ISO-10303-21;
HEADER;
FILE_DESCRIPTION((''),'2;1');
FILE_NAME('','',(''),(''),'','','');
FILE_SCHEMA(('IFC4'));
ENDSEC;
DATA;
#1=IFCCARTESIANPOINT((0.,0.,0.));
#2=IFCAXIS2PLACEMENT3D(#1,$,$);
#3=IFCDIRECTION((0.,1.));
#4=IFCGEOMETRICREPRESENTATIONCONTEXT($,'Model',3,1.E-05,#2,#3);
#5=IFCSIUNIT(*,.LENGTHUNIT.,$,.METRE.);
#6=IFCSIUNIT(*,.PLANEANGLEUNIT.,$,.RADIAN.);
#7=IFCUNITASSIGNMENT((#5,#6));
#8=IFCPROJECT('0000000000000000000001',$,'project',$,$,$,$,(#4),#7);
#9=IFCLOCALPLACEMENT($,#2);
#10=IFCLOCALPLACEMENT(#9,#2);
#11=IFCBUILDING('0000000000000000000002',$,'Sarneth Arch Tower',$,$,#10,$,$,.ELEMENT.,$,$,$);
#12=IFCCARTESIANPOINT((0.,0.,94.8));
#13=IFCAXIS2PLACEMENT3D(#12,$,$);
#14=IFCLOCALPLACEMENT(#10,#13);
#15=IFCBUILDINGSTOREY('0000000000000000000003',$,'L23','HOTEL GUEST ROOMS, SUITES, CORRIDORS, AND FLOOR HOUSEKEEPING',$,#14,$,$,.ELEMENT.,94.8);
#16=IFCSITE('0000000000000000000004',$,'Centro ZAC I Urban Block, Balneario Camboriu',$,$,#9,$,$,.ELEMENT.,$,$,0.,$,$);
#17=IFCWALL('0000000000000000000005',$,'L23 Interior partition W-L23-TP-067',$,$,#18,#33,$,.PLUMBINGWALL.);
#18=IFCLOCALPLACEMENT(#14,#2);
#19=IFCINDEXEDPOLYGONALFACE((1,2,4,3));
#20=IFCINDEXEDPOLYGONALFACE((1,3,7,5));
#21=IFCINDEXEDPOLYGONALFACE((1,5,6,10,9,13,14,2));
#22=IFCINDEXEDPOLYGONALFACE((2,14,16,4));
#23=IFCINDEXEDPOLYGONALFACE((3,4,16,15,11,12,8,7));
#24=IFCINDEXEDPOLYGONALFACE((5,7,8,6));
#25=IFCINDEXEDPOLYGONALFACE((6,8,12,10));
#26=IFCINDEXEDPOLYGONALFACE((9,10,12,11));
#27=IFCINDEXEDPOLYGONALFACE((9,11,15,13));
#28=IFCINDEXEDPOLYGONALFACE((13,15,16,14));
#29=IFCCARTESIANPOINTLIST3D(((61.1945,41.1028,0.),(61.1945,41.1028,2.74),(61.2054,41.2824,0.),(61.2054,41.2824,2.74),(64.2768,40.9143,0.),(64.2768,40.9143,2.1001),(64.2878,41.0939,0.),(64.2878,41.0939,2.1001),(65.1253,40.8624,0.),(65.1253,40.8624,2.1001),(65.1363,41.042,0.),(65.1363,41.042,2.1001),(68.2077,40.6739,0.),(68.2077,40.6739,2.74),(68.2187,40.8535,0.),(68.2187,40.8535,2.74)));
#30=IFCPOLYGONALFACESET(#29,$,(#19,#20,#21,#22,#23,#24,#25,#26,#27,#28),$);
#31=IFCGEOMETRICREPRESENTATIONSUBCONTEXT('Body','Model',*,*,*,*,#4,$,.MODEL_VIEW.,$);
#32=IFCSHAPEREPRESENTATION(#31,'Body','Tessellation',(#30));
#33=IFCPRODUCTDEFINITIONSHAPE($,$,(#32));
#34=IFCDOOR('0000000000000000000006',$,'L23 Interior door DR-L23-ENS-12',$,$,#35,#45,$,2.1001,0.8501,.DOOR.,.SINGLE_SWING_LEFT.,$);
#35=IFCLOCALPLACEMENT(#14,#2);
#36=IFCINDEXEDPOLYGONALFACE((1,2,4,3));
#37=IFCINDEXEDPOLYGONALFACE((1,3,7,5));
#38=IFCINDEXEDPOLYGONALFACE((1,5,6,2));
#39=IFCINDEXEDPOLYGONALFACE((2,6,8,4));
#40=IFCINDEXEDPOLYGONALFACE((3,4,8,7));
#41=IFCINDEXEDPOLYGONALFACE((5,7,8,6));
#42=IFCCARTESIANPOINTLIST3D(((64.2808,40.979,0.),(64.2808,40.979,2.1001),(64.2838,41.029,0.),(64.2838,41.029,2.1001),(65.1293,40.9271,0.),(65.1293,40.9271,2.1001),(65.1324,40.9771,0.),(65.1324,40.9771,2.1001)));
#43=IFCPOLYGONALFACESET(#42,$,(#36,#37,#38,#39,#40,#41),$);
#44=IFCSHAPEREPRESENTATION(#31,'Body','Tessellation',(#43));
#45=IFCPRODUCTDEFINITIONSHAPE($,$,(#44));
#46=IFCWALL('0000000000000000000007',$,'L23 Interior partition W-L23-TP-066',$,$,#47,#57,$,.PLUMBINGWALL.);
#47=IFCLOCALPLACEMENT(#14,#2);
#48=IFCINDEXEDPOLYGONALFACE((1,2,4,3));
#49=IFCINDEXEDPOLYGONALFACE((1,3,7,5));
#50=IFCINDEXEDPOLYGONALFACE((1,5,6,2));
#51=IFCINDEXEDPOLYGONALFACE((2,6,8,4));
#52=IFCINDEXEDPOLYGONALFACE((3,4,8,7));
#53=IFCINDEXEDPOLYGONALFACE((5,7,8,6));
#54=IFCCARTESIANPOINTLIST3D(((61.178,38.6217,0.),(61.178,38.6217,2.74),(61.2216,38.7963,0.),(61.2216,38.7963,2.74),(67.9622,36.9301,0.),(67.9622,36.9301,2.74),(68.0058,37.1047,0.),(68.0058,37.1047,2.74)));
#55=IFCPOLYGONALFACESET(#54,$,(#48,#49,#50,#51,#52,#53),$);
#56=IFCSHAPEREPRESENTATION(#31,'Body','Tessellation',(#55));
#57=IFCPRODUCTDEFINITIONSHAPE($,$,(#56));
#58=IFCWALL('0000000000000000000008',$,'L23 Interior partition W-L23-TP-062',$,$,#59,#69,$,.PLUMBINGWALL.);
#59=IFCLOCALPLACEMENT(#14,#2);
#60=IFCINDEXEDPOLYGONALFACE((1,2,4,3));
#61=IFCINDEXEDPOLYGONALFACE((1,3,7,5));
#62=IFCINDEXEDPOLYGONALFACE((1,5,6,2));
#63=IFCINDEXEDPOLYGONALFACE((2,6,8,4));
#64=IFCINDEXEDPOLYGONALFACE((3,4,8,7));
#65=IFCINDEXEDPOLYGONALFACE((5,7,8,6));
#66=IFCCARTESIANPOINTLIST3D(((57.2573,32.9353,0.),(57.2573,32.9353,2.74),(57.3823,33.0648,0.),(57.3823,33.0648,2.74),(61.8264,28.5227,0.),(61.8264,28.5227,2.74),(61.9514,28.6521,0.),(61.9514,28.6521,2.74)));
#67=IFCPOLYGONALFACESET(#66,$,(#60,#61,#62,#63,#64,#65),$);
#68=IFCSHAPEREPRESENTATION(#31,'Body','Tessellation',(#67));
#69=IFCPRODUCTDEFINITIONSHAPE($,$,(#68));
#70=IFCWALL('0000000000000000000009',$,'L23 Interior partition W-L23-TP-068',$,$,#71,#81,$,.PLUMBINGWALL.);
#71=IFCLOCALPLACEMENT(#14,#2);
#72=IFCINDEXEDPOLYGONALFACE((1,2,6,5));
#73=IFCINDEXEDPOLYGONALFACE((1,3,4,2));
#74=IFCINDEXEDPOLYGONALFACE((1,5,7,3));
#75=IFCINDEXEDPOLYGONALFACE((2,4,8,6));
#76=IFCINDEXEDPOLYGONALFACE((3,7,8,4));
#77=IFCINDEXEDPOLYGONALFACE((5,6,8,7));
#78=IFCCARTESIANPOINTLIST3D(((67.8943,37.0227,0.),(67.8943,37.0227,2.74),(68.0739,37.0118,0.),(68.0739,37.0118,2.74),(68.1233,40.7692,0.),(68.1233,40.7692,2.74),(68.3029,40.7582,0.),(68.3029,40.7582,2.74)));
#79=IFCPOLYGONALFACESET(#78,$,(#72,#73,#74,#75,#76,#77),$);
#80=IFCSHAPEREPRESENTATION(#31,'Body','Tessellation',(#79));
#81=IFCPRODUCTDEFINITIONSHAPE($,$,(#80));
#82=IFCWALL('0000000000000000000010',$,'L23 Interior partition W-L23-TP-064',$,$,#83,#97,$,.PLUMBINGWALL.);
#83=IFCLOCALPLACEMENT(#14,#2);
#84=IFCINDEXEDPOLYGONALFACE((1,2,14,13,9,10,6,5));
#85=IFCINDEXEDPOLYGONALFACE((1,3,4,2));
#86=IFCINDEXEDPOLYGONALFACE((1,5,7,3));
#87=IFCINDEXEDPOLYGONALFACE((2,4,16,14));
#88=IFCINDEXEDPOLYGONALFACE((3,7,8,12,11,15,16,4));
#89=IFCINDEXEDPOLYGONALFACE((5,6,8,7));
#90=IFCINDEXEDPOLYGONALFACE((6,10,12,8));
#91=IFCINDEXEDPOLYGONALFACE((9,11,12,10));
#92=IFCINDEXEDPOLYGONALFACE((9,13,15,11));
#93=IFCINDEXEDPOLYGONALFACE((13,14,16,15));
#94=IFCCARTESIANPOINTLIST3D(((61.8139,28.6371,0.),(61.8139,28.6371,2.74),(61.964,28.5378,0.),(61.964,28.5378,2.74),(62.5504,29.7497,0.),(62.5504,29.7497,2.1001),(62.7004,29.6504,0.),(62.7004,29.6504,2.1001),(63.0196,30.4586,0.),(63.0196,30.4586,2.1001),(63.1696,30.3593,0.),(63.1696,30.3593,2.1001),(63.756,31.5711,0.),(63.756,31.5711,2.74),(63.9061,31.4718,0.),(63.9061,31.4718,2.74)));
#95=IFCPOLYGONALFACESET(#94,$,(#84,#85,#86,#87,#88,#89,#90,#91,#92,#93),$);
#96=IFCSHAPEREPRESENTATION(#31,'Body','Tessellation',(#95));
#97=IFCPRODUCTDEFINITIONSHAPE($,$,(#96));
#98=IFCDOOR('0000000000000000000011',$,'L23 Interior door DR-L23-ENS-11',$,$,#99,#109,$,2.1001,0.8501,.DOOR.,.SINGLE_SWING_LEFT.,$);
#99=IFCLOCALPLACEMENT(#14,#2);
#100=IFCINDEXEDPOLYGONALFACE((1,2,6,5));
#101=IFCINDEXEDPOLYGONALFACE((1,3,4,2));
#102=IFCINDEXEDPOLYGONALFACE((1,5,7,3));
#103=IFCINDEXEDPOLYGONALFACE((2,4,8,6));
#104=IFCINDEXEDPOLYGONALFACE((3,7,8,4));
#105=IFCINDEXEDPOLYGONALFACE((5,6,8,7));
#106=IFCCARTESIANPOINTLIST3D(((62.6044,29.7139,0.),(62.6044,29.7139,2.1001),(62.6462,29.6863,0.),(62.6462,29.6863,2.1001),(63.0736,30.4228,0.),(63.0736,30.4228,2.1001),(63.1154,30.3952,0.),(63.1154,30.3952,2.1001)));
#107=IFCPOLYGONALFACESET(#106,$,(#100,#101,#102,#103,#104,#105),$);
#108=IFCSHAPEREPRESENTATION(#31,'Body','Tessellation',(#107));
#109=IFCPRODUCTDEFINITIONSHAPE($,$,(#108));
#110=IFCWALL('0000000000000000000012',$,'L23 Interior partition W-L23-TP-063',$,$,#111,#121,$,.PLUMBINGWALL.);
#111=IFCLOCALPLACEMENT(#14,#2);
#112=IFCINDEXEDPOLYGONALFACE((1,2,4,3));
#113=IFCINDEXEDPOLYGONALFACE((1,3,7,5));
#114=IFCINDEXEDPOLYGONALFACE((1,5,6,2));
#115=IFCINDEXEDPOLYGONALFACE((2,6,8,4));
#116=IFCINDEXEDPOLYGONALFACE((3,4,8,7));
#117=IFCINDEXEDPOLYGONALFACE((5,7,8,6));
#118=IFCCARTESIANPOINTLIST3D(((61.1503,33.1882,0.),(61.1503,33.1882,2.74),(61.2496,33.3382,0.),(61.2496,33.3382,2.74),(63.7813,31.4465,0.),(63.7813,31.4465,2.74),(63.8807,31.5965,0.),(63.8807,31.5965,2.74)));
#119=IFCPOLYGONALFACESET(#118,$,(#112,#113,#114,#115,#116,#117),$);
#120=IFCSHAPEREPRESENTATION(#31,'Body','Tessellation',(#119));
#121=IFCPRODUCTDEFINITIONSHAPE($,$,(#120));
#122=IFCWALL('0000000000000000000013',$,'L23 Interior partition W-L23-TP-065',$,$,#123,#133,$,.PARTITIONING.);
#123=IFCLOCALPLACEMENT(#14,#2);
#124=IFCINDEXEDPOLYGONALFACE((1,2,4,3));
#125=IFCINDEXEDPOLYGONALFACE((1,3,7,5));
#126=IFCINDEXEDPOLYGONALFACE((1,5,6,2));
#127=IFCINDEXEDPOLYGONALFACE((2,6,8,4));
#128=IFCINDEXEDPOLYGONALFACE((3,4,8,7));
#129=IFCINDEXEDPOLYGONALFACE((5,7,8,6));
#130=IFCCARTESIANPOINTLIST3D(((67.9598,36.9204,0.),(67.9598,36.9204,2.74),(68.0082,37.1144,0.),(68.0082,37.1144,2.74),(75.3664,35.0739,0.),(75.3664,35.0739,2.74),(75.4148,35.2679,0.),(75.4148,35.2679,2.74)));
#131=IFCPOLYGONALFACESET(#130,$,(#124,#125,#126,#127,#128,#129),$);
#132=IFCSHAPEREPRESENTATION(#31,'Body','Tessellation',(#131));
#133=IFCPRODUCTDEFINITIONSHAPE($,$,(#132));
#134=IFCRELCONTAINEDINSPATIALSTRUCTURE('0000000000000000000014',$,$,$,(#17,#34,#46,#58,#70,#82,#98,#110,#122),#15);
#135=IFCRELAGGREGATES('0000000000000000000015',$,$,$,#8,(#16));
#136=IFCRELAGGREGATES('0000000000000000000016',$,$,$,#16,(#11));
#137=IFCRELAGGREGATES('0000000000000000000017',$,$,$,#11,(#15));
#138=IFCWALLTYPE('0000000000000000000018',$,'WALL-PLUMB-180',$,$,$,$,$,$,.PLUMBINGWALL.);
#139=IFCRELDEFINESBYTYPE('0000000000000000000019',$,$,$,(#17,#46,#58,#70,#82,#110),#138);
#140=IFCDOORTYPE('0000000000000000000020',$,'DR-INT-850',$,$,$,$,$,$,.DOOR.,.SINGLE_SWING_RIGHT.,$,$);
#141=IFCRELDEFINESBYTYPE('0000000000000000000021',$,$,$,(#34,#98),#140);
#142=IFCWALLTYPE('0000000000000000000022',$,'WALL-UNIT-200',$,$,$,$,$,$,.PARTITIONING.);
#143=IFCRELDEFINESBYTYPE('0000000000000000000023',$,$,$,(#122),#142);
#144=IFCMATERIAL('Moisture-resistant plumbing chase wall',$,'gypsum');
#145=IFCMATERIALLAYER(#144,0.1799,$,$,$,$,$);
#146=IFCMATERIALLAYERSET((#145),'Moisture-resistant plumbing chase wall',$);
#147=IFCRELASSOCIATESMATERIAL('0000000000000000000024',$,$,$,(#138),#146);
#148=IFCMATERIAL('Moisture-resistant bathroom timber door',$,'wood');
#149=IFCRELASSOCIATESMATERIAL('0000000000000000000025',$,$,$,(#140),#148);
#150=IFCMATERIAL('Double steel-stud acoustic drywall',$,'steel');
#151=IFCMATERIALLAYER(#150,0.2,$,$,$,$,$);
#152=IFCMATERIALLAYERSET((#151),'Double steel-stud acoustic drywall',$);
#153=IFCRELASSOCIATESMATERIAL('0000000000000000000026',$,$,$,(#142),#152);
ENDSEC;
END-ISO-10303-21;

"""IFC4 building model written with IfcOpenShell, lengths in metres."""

from ifc_helpers import new_model, si_unit, direction, frame, frame_2d, origin, place, context, subcontext, project, spatial, rectangle, extrude, material, layer, layer_set, type_object, element, fill, save


model = new_model("IFC4")

# Units and contexts
model_context = context("Model", 3, precision=1e-05, world=origin(), true_north=direction((0.0, 1.0)))
body_context = subcontext(model_context, "Body", "Model", "MODEL_VIEW")
ifc_project = project(units=[si_unit("LENGTHUNIT", "METRE"), si_unit("PLANEANGLEUNIT", "RADIAN")], contexts=[model_context])

# Site, building, storey
site_placement = place(None, origin())
site = spatial("IfcSite", under=ifc_project, at=site_placement, Name="Centro ZAC I Urban Block, Balneario Camboriu", CompositionType="ELEMENT", RefElevation=0.0)
building_placement = place(site_placement, origin())
building = spatial("IfcBuilding", under=site, at=building_placement, Name="Sarneth Arch Tower", CompositionType="ELEMENT")
storey_placement = place(building_placement, frame((0.0, 0.0, 94.8)))
storey = spatial("IfcBuildingStorey", under=building, at=storey_placement, Name="L23", Description="HOTEL GUEST ROOMS, SUITES, CORRIDORS, AND FLOOR HOUSEKEEPING", CompositionType="ELEMENT", Elevation=94.8)

# Wall, opening, door
ifc_material_1 = material(Name="Moisture-resistant plumbing chase wall", Category="gypsum")
ifc_layer_1 = layer(ifc_material_1, 0.1799)
ifc_layer_set_1 = layer_set([ifc_layer_1], Name="Moisture-resistant plumbing chase wall")
wall_type_1 = type_object("IfcWallType", Name="WALL-PLUMB-180", PredefinedType="PLUMBINGWALL", material=ifc_layer_set_1)
wall_1_placement = place(storey_placement, frame((61.2, 41.1926, 0.0), z_axis=(0.0, 0.0, 1.0), x_axis=(0.998135, -0.06105, 0.0)))
wall_1 = element("IfcWall", 1, at=wall_1_placement, inside=storey, type_object=wall_type_1, Name="L23 Interior partition W-L23-TP-067", PredefinedType="PLUMBINGWALL", context=body_context, shape_type="SweptSolid", body=[
    extrude(rectangle(XDim=7.0264, YDim=0.1799, at=frame_2d((3.5132, 0.0))), origin(), (0.0, 0.0, 1.0), 2.74),
])
opening_1_placement = place(wall_1_placement, frame((3.0881, 0.0, 0.0)))
opening_1 = element("IfcOpeningElement", 2, at=opening_1_placement, cuts=wall_1, PredefinedType="OPENING", context=body_context, shape_type="SweptSolid", body=[
    extrude(rectangle(XDim=0.8501, YDim=2.1001, at=frame_2d((0.425, 1.05))), frame((0.0, 0.0999, 0.0), z_axis=(0.0, -1.0, 0.0), x_axis=(1.0, 0.0, 0.0)), (0.0, 0.0, 1.0), 0.2),
])
ifc_material_2 = material(Name="Moisture-resistant bathroom timber door", Category="wood")
door_type_1 = type_object("IfcDoorType", Name="DR-INT-850", OperationType="SINGLE_SWING_RIGHT", PredefinedType="DOOR", material=ifc_material_2)
door_1_placement = place(opening_1_placement, origin())
door_1 = element("IfcDoor", 3, at=door_1_placement, inside=storey, type_object=door_type_1, Name="L23 Interior door DR-L23-ENS-12", OperationType="SINGLE_SWING_LEFT", OverallHeight=2.1001, OverallWidth=0.8501, PredefinedType="DOOR", context=body_context, shape_type="SweptSolid", body=[
    extrude(rectangle(XDim=0.8501, YDim=2.1001, at=frame_2d((0.425, 1.05))), frame((0.0, 0.0249, 0.0), z_axis=(0.0, -1.0, 0.0), x_axis=(1.0, 0.0, 0.0)), (0.0, 0.0, 1.0), 0.05),
])
fill(opening_1, door_1)

# Walls
wall_2_placement = place(storey_placement, frame((67.9841, 37.0173, 0.0), z_axis=(0.0, 0.0, 1.0), x_axis=(-0.97029, 0.241944, 0.0)))
element("IfcWall", 4, at=wall_2_placement, inside=storey, type_object=wall_type_1, Name="L23 Interior partition W-L23-TP-066", PredefinedType="PLUMBINGWALL", context=body_context, shape_type="SweptSolid", body=[
    extrude(rectangle(XDim=6.9919, YDim=0.1799, at=frame_2d((3.4961, 0.0))), origin(), (0.0, 0.0, 1.0), 2.74),
])
wall_3_placement = place(storey_placement, frame((61.8889, 28.5874, 0.0), z_axis=(0.0, 0.0, 1.0), x_axis=(-0.719318, 0.694681, 0.0)))
element("IfcWall", 5, at=wall_3_placement, inside=storey, type_object=wall_type_1, Name="L23 Interior partition W-L23-TP-062", PredefinedType="PLUMBINGWALL", context=body_context, shape_type="SweptSolid", body=[
    extrude(rectangle(XDim=6.3521, YDim=0.1799, at=frame_2d((3.176, 0.0))), origin(), (0.0, 0.0, 1.0), 2.74),
])
wall_4_placement = place(storey_placement, frame((68.2131, 40.7637, 0.0), z_axis=(0.0, 0.0, 1.0), x_axis=(-0.061014, -0.998137, 0.0)))
element("IfcWall", 6, at=wall_4_placement, inside=storey, type_object=wall_type_1, Name="L23 Interior partition W-L23-TP-068", PredefinedType="PLUMBINGWALL", context=body_context, shape_type="SweptSolid", body=[
    extrude(rectangle(XDim=3.7534, YDim=0.1799, at=frame_2d((1.8767, 0.0))), origin(), (0.0, 0.0, 1.0), 2.74),
])

# Wall, opening, door
wall_5_placement = place(storey_placement, frame((63.8311, 31.5215, 0.0), z_axis=(0.0, 0.0, 1.0), x_axis=(-0.551959, -0.833871, 0.0)))
wall_5 = element("IfcWall", 7, at=wall_5_placement, inside=storey, type_object=wall_type_1, Name="L23 Interior partition W-L23-TP-064", PredefinedType="PLUMBINGWALL", context=body_context, shape_type="SweptSolid", body=[
    extrude(rectangle(XDim=3.5186, YDim=0.1799, at=frame_2d((1.7593, 0.0))), origin(), (0.0, 0.0, 1.0), 2.74),
])
opening_2_placement = place(wall_5_placement, frame((1.3342, 0.0, 0.0)))
opening_2 = element("IfcOpeningElement", 8, at=opening_2_placement, cuts=wall_5, PredefinedType="OPENING", context=body_context, shape_type="SweptSolid", body=[
    extrude(rectangle(XDim=0.8501, YDim=2.1001, at=frame_2d((0.425, 1.05))), frame((0.0, 0.0999, 0.0), z_axis=(0.0, -1.0, 0.0), x_axis=(1.0, 0.0, 0.0)), (0.0, 0.0, 1.0), 0.2),
])
door_2_placement = place(opening_2_placement, origin())
door_2 = element("IfcDoor", 9, at=door_2_placement, inside=storey, type_object=door_type_1, Name="L23 Interior door DR-L23-ENS-11", OperationType="SINGLE_SWING_LEFT", OverallHeight=2.1001, OverallWidth=0.8501, PredefinedType="DOOR", context=body_context, shape_type="SweptSolid", body=[
    extrude(rectangle(XDim=0.8501, YDim=2.1001, at=frame_2d((0.425, 1.05))), frame((0.0, 0.0249, 0.0), z_axis=(0.0, -1.0, 0.0), x_axis=(1.0, 0.0, 0.0)), (0.0, 0.0, 1.0), 0.05),
])
fill(opening_2, door_2)

# Walls
wall_6_placement = place(storey_placement, frame((61.2, 33.2632, 0.0), z_axis=(0.0, 0.0, 1.0), x_axis=(0.833855, -0.551983, 0.0)))
element("IfcWall", 10, at=wall_6_placement, inside=storey, type_object=wall_type_1, Name="L23 Interior partition W-L23-TP-063", PredefinedType="PLUMBINGWALL", context=body_context, shape_type="SweptSolid", body=[
    extrude(rectangle(XDim=3.1553, YDim=0.1799, at=frame_2d((1.5776, 0.0))), origin(), (0.0, 0.0, 1.0), 2.74),
])
ifc_material_3 = material(Name="Double steel-stud acoustic drywall", Category="steel")
ifc_layer_2 = layer(ifc_material_3, 0.2)
ifc_layer_set_2 = layer_set([ifc_layer_2], Name="Double steel-stud acoustic drywall")
wall_type_2 = type_object("IfcWallType", Name="WALL-UNIT-200", PredefinedType="PARTITIONING", material=ifc_layer_set_2)
wall_7_placement = place(storey_placement, frame((75.3906, 35.1709, 0.0), z_axis=(0.0, 0.0, 1.0), x_axis=(-0.970302, 0.241896, 0.0)))
element("IfcWall", 11, at=wall_7_placement, inside=storey, type_object=wall_type_2, Name="L23 Interior partition W-L23-TP-065", PredefinedType="PARTITIONING", context=body_context, shape_type="SweptSolid", body=[
    extrude(rectangle(XDim=7.6333, YDim=0.2, at=frame_2d((3.8167, 0.0))), origin(), (0.0, 0.0, 1.0), 2.74),
])

save(model, "model.ifc")
